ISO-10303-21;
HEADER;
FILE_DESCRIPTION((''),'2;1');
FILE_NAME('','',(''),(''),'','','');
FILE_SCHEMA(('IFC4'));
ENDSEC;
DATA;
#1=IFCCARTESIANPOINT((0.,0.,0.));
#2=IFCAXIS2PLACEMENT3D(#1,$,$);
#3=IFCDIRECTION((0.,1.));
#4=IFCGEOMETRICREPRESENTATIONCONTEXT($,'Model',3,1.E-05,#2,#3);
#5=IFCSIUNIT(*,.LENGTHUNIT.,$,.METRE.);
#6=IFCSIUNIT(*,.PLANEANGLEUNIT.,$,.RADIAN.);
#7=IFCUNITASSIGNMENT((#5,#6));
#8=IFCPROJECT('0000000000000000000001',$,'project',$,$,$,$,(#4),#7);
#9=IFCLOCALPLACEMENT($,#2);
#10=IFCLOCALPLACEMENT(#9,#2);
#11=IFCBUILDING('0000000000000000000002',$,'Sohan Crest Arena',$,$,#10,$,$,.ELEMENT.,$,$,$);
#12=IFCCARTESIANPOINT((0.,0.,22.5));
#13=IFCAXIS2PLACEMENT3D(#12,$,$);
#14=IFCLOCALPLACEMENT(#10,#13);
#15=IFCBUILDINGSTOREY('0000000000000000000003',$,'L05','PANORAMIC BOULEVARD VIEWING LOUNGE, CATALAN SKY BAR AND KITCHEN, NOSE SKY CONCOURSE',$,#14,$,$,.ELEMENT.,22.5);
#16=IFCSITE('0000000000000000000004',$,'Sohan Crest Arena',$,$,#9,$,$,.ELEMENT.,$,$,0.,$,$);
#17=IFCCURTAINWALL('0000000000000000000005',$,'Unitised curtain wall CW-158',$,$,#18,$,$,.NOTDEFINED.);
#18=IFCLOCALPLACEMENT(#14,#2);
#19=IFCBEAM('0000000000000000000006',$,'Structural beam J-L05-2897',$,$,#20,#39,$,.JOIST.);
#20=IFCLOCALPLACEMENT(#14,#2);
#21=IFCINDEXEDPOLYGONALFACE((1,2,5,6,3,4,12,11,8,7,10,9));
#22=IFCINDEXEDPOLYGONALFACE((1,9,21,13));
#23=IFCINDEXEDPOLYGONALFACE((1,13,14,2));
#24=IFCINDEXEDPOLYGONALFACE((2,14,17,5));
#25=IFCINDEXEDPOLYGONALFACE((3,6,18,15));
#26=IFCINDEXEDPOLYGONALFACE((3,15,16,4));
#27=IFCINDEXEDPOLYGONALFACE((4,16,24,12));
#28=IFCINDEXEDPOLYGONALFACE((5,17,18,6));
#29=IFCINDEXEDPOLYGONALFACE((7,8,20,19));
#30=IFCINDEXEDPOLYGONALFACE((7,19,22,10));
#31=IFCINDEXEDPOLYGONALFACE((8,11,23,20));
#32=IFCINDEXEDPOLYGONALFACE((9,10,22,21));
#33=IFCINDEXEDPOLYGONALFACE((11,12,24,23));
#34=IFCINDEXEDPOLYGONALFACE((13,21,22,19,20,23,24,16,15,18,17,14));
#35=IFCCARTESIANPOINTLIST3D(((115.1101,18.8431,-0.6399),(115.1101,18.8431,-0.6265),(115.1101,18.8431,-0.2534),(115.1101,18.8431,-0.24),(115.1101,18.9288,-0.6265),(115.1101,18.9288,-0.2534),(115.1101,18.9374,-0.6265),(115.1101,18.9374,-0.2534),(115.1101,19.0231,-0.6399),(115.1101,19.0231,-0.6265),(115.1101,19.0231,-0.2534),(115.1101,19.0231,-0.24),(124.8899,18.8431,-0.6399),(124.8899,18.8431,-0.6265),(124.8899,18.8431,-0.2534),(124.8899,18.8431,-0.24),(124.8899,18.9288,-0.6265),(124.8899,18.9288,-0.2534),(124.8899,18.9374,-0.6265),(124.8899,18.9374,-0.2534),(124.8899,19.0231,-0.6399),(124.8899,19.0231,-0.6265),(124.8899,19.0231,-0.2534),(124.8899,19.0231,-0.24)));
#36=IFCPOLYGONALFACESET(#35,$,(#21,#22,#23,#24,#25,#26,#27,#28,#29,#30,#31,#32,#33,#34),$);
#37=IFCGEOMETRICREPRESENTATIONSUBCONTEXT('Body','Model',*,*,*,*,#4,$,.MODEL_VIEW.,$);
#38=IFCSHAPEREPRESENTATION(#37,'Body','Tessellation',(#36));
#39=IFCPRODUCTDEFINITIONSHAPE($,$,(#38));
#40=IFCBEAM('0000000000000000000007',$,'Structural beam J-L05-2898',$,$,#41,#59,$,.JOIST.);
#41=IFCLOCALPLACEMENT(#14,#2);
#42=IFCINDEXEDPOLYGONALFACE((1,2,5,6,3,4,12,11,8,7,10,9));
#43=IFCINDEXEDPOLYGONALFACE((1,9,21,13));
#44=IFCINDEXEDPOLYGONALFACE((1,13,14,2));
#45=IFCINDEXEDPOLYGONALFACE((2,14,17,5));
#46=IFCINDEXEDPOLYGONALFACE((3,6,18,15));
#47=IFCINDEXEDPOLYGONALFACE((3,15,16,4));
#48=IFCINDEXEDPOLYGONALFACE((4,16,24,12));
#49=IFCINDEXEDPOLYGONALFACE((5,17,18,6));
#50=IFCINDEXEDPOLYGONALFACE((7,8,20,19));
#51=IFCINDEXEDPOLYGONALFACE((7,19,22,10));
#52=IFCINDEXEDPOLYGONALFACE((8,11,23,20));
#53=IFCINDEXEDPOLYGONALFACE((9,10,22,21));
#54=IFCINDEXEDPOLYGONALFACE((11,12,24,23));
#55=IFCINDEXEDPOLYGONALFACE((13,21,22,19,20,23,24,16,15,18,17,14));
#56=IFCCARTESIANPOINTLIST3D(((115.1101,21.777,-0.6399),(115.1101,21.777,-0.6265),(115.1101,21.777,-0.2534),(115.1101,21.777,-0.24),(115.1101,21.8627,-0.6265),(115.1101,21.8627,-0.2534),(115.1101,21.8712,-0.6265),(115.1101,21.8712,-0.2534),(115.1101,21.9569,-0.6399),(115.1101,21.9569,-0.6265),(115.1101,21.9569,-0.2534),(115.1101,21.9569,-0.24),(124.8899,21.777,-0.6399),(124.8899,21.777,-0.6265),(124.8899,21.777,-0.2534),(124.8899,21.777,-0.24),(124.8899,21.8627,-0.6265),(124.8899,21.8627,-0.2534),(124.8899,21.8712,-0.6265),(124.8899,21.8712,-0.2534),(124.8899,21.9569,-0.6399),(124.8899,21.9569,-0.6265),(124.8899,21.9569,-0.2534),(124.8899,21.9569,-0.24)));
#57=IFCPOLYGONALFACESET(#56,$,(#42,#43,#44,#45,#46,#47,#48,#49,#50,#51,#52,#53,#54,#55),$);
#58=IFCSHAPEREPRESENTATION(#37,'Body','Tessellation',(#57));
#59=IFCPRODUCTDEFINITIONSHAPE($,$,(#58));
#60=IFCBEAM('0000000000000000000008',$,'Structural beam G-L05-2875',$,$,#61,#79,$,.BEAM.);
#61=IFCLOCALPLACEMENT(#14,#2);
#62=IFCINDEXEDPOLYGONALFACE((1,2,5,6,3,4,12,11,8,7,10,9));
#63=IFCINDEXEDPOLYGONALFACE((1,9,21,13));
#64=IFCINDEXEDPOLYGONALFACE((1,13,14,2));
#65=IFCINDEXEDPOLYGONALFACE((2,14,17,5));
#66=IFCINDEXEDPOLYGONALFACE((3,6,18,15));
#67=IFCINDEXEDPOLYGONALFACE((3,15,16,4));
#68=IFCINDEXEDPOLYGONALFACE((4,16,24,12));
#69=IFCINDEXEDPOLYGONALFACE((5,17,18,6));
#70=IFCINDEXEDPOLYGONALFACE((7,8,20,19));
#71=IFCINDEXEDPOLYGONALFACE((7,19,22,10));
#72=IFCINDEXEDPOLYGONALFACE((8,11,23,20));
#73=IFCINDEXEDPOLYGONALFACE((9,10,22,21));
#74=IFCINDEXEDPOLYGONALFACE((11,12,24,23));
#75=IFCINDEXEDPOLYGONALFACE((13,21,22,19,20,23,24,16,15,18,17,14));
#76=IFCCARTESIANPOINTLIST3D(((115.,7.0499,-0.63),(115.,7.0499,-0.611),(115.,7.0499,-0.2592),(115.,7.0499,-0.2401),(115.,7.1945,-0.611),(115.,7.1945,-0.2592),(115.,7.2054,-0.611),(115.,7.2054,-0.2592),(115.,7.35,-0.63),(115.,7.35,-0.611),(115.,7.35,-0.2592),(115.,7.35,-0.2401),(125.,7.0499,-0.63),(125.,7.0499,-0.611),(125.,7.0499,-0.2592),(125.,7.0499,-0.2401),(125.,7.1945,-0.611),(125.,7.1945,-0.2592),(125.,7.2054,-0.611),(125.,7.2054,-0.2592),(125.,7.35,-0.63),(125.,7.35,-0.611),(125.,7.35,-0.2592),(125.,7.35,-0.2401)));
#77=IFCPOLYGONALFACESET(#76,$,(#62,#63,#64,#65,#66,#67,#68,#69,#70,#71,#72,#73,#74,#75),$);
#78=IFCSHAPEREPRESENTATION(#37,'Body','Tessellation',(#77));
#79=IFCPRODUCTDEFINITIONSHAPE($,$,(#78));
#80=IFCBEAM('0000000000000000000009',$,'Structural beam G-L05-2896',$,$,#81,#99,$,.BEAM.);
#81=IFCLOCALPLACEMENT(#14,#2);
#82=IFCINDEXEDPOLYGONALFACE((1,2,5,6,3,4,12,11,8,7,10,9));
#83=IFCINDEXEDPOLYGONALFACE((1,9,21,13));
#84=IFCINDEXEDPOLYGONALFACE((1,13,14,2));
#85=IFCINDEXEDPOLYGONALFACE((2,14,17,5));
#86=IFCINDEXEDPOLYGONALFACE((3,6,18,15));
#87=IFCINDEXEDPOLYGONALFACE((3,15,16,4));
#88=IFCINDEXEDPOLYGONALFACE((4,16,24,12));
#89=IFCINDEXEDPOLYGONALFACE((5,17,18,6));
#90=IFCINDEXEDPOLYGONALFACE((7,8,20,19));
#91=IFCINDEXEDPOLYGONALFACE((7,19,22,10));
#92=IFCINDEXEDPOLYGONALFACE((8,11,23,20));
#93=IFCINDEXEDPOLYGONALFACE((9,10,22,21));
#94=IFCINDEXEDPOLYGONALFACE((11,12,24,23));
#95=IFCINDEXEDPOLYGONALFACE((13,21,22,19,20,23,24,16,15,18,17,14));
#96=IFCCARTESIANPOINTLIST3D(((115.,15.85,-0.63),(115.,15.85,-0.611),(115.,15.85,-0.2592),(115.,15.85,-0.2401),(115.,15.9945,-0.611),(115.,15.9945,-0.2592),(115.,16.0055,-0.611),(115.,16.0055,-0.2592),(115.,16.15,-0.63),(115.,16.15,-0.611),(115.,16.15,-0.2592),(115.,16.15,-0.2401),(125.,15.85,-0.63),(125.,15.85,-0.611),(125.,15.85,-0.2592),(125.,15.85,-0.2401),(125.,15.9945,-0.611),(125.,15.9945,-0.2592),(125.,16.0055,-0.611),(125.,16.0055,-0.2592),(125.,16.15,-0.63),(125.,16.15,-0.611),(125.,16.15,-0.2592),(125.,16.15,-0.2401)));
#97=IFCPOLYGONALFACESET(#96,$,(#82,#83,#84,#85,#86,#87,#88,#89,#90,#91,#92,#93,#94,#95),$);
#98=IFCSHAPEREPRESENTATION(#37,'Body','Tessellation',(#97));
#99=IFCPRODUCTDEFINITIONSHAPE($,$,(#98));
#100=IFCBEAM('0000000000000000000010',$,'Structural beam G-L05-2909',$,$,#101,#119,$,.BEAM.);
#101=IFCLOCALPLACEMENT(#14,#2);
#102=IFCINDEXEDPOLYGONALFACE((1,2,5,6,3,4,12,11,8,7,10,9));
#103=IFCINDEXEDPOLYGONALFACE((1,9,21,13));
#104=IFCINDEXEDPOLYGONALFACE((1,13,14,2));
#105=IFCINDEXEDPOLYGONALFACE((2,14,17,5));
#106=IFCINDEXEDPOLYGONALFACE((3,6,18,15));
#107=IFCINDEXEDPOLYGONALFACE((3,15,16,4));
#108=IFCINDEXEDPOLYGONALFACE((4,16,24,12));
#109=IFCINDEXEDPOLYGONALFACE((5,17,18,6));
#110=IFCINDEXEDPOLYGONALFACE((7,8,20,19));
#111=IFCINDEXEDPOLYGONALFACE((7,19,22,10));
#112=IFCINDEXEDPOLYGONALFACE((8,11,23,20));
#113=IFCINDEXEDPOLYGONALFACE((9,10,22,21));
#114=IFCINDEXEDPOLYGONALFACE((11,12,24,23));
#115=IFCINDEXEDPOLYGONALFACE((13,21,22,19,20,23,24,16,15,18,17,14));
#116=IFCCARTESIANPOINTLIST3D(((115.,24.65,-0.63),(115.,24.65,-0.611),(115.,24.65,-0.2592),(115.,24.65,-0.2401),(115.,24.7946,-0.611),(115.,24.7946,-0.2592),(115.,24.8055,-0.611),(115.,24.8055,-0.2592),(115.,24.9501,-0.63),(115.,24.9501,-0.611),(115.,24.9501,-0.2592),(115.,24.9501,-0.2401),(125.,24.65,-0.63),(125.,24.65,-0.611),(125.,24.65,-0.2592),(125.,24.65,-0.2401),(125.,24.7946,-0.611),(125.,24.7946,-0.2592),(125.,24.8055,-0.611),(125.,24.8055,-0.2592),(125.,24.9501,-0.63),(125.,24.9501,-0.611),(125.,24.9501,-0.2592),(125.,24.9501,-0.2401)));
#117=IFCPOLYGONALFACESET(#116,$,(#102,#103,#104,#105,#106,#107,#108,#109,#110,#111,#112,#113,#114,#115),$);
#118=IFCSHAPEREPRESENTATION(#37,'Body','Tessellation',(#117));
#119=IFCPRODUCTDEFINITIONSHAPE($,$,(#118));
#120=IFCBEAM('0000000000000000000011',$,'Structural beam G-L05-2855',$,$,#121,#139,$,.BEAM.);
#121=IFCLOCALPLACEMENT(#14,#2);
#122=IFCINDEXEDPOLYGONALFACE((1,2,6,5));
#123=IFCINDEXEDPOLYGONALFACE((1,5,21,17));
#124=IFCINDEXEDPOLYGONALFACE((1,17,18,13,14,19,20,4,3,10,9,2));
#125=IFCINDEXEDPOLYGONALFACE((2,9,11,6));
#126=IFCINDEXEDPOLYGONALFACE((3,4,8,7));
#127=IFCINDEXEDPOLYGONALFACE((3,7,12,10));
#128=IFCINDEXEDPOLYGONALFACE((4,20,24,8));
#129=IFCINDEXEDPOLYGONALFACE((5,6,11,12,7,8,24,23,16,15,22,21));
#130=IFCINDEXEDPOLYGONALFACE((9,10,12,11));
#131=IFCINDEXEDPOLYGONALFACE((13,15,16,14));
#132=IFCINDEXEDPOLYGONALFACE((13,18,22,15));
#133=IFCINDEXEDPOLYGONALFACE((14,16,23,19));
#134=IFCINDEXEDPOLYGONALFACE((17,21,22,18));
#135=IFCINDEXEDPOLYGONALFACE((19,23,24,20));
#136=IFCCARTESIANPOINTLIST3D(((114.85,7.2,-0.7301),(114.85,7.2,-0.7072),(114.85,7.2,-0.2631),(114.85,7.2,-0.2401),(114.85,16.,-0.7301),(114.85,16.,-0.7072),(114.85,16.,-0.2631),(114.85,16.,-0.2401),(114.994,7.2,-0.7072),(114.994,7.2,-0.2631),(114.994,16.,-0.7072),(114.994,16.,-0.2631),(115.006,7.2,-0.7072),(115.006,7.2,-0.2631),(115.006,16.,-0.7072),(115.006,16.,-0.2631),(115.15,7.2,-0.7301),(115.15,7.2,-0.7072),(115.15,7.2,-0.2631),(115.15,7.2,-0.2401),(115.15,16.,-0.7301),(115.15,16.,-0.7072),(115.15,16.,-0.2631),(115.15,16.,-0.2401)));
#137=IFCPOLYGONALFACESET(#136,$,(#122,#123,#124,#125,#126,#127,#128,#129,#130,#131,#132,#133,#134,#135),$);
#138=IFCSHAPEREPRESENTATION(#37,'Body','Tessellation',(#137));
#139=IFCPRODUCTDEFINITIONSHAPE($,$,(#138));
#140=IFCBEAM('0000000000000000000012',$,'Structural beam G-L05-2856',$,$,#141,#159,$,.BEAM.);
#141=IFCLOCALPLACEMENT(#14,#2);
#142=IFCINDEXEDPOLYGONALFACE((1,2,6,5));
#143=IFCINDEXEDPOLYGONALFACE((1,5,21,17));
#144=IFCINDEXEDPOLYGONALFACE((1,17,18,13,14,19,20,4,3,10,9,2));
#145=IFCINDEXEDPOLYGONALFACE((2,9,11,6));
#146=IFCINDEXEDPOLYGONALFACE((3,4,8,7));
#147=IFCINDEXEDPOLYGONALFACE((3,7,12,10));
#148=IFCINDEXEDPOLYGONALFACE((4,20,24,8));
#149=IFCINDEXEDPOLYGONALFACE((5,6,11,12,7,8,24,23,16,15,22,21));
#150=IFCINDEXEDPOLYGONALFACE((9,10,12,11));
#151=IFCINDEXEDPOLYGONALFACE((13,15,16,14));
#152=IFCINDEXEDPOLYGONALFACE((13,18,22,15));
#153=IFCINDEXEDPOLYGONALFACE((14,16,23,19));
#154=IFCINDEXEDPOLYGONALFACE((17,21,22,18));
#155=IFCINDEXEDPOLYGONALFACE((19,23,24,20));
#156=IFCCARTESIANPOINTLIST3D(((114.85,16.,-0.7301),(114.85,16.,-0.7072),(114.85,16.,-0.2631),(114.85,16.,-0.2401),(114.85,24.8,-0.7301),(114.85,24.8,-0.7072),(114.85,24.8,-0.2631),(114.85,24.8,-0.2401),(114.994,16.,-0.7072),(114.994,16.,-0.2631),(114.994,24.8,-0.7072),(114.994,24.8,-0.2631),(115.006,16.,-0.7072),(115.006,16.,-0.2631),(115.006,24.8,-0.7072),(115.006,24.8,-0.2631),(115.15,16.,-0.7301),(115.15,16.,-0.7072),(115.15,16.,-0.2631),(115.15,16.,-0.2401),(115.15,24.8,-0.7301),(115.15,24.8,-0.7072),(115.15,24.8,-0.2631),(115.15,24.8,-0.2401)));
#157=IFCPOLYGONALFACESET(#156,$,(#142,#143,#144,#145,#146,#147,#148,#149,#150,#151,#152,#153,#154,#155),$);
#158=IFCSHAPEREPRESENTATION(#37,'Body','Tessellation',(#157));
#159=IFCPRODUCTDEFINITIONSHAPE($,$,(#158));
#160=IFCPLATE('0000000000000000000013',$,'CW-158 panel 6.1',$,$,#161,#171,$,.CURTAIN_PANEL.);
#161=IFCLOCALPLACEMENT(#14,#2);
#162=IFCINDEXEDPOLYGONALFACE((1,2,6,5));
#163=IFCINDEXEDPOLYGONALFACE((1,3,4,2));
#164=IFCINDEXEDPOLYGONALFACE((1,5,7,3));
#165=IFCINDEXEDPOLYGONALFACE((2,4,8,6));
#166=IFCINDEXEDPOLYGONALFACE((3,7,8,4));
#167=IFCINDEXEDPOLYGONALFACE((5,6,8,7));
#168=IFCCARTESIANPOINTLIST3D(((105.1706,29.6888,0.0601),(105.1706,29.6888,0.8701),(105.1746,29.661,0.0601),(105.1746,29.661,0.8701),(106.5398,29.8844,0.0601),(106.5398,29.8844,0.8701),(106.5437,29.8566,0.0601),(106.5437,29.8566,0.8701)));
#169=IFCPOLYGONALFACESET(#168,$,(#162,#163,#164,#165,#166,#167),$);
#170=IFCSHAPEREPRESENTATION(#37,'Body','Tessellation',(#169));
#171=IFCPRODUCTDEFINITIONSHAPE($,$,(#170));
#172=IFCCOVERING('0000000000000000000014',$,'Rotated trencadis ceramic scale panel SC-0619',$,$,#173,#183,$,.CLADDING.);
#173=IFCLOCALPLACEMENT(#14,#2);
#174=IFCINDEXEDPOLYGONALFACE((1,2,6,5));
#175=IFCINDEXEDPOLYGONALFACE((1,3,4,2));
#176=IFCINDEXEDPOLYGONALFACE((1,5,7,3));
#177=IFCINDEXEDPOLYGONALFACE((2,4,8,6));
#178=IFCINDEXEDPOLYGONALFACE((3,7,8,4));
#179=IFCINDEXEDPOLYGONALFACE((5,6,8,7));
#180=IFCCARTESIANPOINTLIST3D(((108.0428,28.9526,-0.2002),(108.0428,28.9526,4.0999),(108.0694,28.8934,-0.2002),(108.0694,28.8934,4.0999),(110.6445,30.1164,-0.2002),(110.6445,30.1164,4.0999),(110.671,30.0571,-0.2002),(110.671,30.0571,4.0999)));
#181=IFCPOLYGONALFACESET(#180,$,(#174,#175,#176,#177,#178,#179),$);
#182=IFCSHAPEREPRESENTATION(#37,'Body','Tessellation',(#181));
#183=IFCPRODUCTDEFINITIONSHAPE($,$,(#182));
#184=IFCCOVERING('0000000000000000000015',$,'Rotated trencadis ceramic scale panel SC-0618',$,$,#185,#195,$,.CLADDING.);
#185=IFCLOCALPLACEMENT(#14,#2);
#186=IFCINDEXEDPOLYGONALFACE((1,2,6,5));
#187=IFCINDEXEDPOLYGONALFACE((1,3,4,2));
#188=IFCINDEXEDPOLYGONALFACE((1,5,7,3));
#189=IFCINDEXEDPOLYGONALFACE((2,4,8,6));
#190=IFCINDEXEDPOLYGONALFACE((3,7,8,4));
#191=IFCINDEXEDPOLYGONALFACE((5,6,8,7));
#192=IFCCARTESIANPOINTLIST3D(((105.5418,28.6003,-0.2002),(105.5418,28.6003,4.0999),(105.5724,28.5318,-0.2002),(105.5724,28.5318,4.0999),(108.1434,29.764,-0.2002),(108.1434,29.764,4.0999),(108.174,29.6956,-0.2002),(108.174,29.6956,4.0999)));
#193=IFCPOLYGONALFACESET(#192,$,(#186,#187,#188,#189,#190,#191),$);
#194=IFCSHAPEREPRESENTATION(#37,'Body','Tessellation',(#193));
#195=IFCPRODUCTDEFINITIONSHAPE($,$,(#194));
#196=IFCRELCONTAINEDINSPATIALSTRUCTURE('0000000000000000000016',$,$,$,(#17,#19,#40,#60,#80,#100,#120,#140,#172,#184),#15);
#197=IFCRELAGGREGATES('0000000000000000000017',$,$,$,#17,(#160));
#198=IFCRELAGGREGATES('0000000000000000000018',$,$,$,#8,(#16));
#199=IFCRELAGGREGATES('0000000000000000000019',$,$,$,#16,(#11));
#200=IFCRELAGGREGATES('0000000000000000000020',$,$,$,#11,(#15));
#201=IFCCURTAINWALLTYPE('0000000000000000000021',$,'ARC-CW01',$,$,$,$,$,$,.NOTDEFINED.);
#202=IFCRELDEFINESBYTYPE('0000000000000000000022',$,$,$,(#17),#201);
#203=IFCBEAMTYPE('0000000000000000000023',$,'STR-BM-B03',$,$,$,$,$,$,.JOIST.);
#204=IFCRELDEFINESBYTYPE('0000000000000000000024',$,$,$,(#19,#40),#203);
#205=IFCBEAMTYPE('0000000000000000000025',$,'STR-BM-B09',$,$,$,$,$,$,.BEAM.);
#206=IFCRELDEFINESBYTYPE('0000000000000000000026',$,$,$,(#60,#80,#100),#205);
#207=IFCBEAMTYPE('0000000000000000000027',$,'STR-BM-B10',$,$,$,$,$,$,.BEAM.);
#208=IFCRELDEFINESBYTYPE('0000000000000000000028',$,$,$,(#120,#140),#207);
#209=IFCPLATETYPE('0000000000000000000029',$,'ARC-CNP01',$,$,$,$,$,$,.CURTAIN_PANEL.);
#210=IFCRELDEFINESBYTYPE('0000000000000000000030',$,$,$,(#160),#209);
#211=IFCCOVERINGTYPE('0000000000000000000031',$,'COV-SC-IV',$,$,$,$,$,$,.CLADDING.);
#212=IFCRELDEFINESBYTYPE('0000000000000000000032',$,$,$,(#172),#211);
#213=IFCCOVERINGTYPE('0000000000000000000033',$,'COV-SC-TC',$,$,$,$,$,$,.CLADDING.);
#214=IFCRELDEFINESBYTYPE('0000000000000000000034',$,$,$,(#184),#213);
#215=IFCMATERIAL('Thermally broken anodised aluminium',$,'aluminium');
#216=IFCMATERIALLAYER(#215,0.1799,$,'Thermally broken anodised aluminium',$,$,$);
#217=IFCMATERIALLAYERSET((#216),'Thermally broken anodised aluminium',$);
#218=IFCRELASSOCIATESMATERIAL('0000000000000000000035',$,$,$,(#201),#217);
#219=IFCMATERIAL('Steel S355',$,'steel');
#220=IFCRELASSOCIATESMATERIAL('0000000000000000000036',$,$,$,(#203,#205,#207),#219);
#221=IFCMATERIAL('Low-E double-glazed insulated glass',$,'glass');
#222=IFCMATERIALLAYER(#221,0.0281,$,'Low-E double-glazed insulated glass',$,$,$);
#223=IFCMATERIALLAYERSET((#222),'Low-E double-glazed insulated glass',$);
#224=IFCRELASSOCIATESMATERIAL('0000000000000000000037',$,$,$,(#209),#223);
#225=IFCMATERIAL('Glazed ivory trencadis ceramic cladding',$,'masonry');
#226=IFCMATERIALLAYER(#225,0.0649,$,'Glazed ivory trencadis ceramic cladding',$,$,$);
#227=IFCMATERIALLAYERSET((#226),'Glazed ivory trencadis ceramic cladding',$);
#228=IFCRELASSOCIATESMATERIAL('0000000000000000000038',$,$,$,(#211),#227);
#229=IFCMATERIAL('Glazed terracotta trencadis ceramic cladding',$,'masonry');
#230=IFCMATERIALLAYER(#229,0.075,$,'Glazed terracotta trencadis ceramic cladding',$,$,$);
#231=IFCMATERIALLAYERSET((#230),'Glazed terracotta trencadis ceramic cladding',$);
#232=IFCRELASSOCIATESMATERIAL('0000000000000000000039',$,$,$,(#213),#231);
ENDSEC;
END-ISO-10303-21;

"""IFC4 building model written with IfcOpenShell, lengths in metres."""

from ifc_helpers import new_model, si_unit, direction, frame, origin, origin_2d, place, context, subcontext, project, spatial, rectangle, i_section, extrude, material, layer, layer_set, material_profile, profile_set, type_object, element, aggregate, save


model = new_model("IFC4")

# Units and contexts
model_context = context("Model", 3, precision=1e-05, world=origin(), true_north=direction((0.0, 1.0)))
body_context = subcontext(model_context, "Body", "Model", "MODEL_VIEW")
ifc_project = project(units=[si_unit("LENGTHUNIT", "METRE"), si_unit("PLANEANGLEUNIT", "RADIAN")], contexts=[model_context])

# Site, building, storey
site_placement = place(None, origin())
site = spatial("IfcSite", under=ifc_project, at=site_placement, Name="Sohan Crest Arena", CompositionType="ELEMENT", RefElevation=0.0)
building_placement = place(site_placement, origin())
building = spatial("IfcBuilding", under=site, at=building_placement, Name="Sohan Crest Arena", CompositionType="ELEMENT")
storey_placement = place(building_placement, frame((0.0, 0.0, 22.5)))
storey = spatial("IfcBuildingStorey", under=building, at=storey_placement, Name="L05", Description="PANORAMIC BOULEVARD VIEWING LOUNGE, CATALAN SKY BAR AND KITCHEN, NOSE SKY CONCOURSE", CompositionType="ELEMENT", Elevation=22.5)

# Curtain wall
ifc_material_1 = material(Name="Thermally broken anodised aluminium", Category="aluminium")
ifc_layer_1 = layer(ifc_material_1, 0.1799, Name="Thermally broken anodised aluminium")
ifc_layer_set_1 = layer_set([ifc_layer_1], Name="Thermally broken anodised aluminium")
curtain_wall_type = type_object("IfcCurtainWallType", Name="ARC-CW01", PredefinedType="NOTDEFINED", material=ifc_layer_set_1)
curtain_wall_placement = place(storey_placement, origin())
curtain_wall = element("IfcCurtainWall", 1, at=curtain_wall_placement, inside=storey, type_object=curtain_wall_type, Name="Unitised curtain wall CW-158", PredefinedType="NOTDEFINED")

# Beams
ifc_material_2 = material(Name="Steel S355", Category="steel")
ifc_material_profile_1 = material_profile(ifc_material_2, i_section(OverallWidth=0.1799, OverallDepth=0.3999, WebThickness=0.0085, FlangeThickness=0.0134, at=origin_2d()), Name="IPE 400")
ifc_profile_set_1 = profile_set([ifc_material_profile_1], Name="Steel S355")
beam_type_1 = type_object("IfcBeamType", Name="STR-BM-B03", PredefinedType="JOIST", material=ifc_profile_set_1)
for number, where, z_axis, x_axis, name in (
    (2, (115.1101, 18.9331, -0.4399), (1.0, 0.0, 0.0), (0.0, 1.0, 0.0), "Structural beam J-L05-2897"),
    (3, (115.1101, 21.8669, -0.4399), (1.0, 0.0, 0.0), (0.0, 1.0, 0.0), "Structural beam J-L05-2898"),
):
    element("IfcBeam", number, at=place(storey_placement, frame(where, z_axis=z_axis, x_axis=x_axis)), inside=storey, type_object=beam_type_1, Name=name, PredefinedType="JOIST", context=body_context, shape_type="SweptSolid", body=[
        extrude(i_section(OverallWidth=0.1799, OverallDepth=0.3999, WebThickness=0.0085, FlangeThickness=0.0134, at=origin_2d()), origin(), (0.0, 0.0, 1.0), 9.7798),
    ])
ifc_material_profile_2 = material_profile(ifc_material_2, i_section(OverallWidth=0.3, OverallDepth=0.3899, WebThickness=0.011, FlangeThickness=0.019, at=origin_2d()), Name="HEA 400")
ifc_profile_set_2 = profile_set([ifc_material_profile_2], Name="Steel S355")
beam_type_2 = type_object("IfcBeamType", Name="STR-BM-B09", PredefinedType="BEAM", material=ifc_profile_set_2)
for number, where, z_axis, x_axis, name in (
    (4, (115.0, 7.2, -0.4351), (1.0, 0.0, 0.0), (0.0, 1.0, 0.0), "Structural beam G-L05-2875"),
    (5, (115.0, 16.0, -0.4351), (1.0, 0.0, 0.0), (0.0, 1.0, 0.0), "Structural beam G-L05-2896"),
    (6, (115.0, 24.8, -0.4351), (1.0, 0.0, 0.0), (0.0, 1.0, 0.0), "Structural beam G-L05-2909"),
):
    element("IfcBeam", number, at=place(storey_placement, frame(where, z_axis=z_axis, x_axis=x_axis)), inside=storey, type_object=beam_type_2, Name=name, PredefinedType="BEAM", context=body_context, shape_type="SweptSolid", body=[
        extrude(i_section(OverallWidth=0.3, OverallDepth=0.3899, WebThickness=0.011, FlangeThickness=0.019, at=origin_2d()), origin(), (0.0, 0.0, 1.0), 10.0),
    ])
ifc_material_profile_3 = material_profile(ifc_material_2, i_section(OverallWidth=0.3, OverallDepth=0.49, WebThickness=0.012, FlangeThickness=0.0229, at=origin_2d()), Name="HEA 500")
ifc_profile_set_3 = profile_set([ifc_material_profile_3], Name="Steel S355")
beam_type_3 = type_object("IfcBeamType", Name="STR-BM-B10", PredefinedType="BEAM", material=ifc_profile_set_3)
for number, where, z_axis, x_axis, name in (
    (7, (115.0, 7.2, -0.4851), (0.0, 1.0, 0.0), (-1.0, 0.0, 0.0), "Structural beam G-L05-2855"),
    (8, (115.0, 16.0, -0.4851), (0.0, 1.0, 0.0), (-1.0, 0.0, 0.0), "Structural beam G-L05-2856"),
):
    element("IfcBeam", number, at=place(storey_placement, frame(where, z_axis=z_axis, x_axis=x_axis)), inside=storey, type_object=beam_type_3, Name=name, PredefinedType="BEAM", context=body_context, shape_type="SweptSolid", body=[
        extrude(i_section(OverallWidth=0.3, OverallDepth=0.49, WebThickness=0.012, FlangeThickness=0.0229, at=origin_2d()), origin(), (0.0, 0.0, 1.0), 8.8),
    ])

# Plate
ifc_material_3 = material(Name="Low-E double-glazed insulated glass", Category="glass")
ifc_layer_2 = layer(ifc_material_3, 0.0281, Name="Low-E double-glazed insulated glass")
ifc_layer_set_2 = layer_set([ifc_layer_2], Name="Low-E double-glazed insulated glass")
plate_type = type_object("IfcPlateType", Name="ARC-CNP01", PredefinedType="CURTAIN_PANEL", material=ifc_layer_set_2)
plate_placement = place(storey_placement, frame((105.8572, 29.7727, 0.0601), z_axis=(0.0, 0.0, 1.0), x_axis=(0.989944, 0.141463, 0.0)))
plate = element("IfcPlate", 9, at=plate_placement, type_object=plate_type, Name="CW-158 panel 6.1", PredefinedType="CURTAIN_PANEL", context=body_context, shape_type="SweptSolid", body=[
    extrude(rectangle(XDim=1.3831, YDim=0.0281, at=origin_2d()), origin(), (0.0, 0.0, 1.0), 0.8101),
])
aggregate(curtain_wall, [plate])

# Coverings
ifc_material_4 = material(Name="Glazed ivory trencadis ceramic cladding", Category="masonry")
ifc_layer_3 = layer(ifc_material_4, 0.0649, Name="Glazed ivory trencadis ceramic cladding")
ifc_layer_set_3 = layer_set([ifc_layer_3], Name="Glazed ivory trencadis ceramic cladding")
covering_type_1 = type_object("IfcCoveringType", Name="COV-SC-IV", PredefinedType="CLADDING", material=ifc_layer_set_3)
covering_1_placement = place(storey_placement, frame((109.3569, 29.5049, -0.2002), z_axis=(0.0, 0.0, 1.0), x_axis=(0.912834, 0.40833, 0.0)))
element("IfcCovering", 10, at=covering_1_placement, inside=storey, type_object=covering_type_1, Name="Rotated trencadis ceramic scale panel SC-0619", PredefinedType="CLADDING", context=body_context, shape_type="SweptSolid", body=[
    extrude(rectangle(XDim=2.8501, YDim=0.0649, at=origin_2d()), origin(), (0.0, 0.0, 1.0), 4.3),
])
ifc_material_5 = material(Name="Glazed terracotta trencadis ceramic cladding", Category="masonry")
ifc_layer_4 = layer(ifc_material_5, 0.075, Name="Glazed terracotta trencadis ceramic cladding")
ifc_layer_set_4 = layer_set([ifc_layer_4], Name="Glazed terracotta trencadis ceramic cladding")
covering_type_2 = type_object("IfcCoveringType", Name="COV-SC-TC", PredefinedType="CLADDING", material=ifc_layer_set_4)
covering_2_placement = place(storey_placement, frame((106.8579, 29.1479, -0.2002), z_axis=(0.0, 0.0, 1.0), x_axis=(0.912834, 0.40833, 0.0)))
element("IfcCovering", 11, at=covering_2_placement, inside=storey, type_object=covering_type_2, Name="Rotated trencadis ceramic scale panel SC-0618", PredefinedType="CLADDING", context=body_context, shape_type="SweptSolid", body=[
    extrude(rectangle(XDim=2.8501, YDim=0.075, at=origin_2d()), origin(), (0.0, 0.0, 1.0), 4.3),
])

save(model, "model.ifc")
